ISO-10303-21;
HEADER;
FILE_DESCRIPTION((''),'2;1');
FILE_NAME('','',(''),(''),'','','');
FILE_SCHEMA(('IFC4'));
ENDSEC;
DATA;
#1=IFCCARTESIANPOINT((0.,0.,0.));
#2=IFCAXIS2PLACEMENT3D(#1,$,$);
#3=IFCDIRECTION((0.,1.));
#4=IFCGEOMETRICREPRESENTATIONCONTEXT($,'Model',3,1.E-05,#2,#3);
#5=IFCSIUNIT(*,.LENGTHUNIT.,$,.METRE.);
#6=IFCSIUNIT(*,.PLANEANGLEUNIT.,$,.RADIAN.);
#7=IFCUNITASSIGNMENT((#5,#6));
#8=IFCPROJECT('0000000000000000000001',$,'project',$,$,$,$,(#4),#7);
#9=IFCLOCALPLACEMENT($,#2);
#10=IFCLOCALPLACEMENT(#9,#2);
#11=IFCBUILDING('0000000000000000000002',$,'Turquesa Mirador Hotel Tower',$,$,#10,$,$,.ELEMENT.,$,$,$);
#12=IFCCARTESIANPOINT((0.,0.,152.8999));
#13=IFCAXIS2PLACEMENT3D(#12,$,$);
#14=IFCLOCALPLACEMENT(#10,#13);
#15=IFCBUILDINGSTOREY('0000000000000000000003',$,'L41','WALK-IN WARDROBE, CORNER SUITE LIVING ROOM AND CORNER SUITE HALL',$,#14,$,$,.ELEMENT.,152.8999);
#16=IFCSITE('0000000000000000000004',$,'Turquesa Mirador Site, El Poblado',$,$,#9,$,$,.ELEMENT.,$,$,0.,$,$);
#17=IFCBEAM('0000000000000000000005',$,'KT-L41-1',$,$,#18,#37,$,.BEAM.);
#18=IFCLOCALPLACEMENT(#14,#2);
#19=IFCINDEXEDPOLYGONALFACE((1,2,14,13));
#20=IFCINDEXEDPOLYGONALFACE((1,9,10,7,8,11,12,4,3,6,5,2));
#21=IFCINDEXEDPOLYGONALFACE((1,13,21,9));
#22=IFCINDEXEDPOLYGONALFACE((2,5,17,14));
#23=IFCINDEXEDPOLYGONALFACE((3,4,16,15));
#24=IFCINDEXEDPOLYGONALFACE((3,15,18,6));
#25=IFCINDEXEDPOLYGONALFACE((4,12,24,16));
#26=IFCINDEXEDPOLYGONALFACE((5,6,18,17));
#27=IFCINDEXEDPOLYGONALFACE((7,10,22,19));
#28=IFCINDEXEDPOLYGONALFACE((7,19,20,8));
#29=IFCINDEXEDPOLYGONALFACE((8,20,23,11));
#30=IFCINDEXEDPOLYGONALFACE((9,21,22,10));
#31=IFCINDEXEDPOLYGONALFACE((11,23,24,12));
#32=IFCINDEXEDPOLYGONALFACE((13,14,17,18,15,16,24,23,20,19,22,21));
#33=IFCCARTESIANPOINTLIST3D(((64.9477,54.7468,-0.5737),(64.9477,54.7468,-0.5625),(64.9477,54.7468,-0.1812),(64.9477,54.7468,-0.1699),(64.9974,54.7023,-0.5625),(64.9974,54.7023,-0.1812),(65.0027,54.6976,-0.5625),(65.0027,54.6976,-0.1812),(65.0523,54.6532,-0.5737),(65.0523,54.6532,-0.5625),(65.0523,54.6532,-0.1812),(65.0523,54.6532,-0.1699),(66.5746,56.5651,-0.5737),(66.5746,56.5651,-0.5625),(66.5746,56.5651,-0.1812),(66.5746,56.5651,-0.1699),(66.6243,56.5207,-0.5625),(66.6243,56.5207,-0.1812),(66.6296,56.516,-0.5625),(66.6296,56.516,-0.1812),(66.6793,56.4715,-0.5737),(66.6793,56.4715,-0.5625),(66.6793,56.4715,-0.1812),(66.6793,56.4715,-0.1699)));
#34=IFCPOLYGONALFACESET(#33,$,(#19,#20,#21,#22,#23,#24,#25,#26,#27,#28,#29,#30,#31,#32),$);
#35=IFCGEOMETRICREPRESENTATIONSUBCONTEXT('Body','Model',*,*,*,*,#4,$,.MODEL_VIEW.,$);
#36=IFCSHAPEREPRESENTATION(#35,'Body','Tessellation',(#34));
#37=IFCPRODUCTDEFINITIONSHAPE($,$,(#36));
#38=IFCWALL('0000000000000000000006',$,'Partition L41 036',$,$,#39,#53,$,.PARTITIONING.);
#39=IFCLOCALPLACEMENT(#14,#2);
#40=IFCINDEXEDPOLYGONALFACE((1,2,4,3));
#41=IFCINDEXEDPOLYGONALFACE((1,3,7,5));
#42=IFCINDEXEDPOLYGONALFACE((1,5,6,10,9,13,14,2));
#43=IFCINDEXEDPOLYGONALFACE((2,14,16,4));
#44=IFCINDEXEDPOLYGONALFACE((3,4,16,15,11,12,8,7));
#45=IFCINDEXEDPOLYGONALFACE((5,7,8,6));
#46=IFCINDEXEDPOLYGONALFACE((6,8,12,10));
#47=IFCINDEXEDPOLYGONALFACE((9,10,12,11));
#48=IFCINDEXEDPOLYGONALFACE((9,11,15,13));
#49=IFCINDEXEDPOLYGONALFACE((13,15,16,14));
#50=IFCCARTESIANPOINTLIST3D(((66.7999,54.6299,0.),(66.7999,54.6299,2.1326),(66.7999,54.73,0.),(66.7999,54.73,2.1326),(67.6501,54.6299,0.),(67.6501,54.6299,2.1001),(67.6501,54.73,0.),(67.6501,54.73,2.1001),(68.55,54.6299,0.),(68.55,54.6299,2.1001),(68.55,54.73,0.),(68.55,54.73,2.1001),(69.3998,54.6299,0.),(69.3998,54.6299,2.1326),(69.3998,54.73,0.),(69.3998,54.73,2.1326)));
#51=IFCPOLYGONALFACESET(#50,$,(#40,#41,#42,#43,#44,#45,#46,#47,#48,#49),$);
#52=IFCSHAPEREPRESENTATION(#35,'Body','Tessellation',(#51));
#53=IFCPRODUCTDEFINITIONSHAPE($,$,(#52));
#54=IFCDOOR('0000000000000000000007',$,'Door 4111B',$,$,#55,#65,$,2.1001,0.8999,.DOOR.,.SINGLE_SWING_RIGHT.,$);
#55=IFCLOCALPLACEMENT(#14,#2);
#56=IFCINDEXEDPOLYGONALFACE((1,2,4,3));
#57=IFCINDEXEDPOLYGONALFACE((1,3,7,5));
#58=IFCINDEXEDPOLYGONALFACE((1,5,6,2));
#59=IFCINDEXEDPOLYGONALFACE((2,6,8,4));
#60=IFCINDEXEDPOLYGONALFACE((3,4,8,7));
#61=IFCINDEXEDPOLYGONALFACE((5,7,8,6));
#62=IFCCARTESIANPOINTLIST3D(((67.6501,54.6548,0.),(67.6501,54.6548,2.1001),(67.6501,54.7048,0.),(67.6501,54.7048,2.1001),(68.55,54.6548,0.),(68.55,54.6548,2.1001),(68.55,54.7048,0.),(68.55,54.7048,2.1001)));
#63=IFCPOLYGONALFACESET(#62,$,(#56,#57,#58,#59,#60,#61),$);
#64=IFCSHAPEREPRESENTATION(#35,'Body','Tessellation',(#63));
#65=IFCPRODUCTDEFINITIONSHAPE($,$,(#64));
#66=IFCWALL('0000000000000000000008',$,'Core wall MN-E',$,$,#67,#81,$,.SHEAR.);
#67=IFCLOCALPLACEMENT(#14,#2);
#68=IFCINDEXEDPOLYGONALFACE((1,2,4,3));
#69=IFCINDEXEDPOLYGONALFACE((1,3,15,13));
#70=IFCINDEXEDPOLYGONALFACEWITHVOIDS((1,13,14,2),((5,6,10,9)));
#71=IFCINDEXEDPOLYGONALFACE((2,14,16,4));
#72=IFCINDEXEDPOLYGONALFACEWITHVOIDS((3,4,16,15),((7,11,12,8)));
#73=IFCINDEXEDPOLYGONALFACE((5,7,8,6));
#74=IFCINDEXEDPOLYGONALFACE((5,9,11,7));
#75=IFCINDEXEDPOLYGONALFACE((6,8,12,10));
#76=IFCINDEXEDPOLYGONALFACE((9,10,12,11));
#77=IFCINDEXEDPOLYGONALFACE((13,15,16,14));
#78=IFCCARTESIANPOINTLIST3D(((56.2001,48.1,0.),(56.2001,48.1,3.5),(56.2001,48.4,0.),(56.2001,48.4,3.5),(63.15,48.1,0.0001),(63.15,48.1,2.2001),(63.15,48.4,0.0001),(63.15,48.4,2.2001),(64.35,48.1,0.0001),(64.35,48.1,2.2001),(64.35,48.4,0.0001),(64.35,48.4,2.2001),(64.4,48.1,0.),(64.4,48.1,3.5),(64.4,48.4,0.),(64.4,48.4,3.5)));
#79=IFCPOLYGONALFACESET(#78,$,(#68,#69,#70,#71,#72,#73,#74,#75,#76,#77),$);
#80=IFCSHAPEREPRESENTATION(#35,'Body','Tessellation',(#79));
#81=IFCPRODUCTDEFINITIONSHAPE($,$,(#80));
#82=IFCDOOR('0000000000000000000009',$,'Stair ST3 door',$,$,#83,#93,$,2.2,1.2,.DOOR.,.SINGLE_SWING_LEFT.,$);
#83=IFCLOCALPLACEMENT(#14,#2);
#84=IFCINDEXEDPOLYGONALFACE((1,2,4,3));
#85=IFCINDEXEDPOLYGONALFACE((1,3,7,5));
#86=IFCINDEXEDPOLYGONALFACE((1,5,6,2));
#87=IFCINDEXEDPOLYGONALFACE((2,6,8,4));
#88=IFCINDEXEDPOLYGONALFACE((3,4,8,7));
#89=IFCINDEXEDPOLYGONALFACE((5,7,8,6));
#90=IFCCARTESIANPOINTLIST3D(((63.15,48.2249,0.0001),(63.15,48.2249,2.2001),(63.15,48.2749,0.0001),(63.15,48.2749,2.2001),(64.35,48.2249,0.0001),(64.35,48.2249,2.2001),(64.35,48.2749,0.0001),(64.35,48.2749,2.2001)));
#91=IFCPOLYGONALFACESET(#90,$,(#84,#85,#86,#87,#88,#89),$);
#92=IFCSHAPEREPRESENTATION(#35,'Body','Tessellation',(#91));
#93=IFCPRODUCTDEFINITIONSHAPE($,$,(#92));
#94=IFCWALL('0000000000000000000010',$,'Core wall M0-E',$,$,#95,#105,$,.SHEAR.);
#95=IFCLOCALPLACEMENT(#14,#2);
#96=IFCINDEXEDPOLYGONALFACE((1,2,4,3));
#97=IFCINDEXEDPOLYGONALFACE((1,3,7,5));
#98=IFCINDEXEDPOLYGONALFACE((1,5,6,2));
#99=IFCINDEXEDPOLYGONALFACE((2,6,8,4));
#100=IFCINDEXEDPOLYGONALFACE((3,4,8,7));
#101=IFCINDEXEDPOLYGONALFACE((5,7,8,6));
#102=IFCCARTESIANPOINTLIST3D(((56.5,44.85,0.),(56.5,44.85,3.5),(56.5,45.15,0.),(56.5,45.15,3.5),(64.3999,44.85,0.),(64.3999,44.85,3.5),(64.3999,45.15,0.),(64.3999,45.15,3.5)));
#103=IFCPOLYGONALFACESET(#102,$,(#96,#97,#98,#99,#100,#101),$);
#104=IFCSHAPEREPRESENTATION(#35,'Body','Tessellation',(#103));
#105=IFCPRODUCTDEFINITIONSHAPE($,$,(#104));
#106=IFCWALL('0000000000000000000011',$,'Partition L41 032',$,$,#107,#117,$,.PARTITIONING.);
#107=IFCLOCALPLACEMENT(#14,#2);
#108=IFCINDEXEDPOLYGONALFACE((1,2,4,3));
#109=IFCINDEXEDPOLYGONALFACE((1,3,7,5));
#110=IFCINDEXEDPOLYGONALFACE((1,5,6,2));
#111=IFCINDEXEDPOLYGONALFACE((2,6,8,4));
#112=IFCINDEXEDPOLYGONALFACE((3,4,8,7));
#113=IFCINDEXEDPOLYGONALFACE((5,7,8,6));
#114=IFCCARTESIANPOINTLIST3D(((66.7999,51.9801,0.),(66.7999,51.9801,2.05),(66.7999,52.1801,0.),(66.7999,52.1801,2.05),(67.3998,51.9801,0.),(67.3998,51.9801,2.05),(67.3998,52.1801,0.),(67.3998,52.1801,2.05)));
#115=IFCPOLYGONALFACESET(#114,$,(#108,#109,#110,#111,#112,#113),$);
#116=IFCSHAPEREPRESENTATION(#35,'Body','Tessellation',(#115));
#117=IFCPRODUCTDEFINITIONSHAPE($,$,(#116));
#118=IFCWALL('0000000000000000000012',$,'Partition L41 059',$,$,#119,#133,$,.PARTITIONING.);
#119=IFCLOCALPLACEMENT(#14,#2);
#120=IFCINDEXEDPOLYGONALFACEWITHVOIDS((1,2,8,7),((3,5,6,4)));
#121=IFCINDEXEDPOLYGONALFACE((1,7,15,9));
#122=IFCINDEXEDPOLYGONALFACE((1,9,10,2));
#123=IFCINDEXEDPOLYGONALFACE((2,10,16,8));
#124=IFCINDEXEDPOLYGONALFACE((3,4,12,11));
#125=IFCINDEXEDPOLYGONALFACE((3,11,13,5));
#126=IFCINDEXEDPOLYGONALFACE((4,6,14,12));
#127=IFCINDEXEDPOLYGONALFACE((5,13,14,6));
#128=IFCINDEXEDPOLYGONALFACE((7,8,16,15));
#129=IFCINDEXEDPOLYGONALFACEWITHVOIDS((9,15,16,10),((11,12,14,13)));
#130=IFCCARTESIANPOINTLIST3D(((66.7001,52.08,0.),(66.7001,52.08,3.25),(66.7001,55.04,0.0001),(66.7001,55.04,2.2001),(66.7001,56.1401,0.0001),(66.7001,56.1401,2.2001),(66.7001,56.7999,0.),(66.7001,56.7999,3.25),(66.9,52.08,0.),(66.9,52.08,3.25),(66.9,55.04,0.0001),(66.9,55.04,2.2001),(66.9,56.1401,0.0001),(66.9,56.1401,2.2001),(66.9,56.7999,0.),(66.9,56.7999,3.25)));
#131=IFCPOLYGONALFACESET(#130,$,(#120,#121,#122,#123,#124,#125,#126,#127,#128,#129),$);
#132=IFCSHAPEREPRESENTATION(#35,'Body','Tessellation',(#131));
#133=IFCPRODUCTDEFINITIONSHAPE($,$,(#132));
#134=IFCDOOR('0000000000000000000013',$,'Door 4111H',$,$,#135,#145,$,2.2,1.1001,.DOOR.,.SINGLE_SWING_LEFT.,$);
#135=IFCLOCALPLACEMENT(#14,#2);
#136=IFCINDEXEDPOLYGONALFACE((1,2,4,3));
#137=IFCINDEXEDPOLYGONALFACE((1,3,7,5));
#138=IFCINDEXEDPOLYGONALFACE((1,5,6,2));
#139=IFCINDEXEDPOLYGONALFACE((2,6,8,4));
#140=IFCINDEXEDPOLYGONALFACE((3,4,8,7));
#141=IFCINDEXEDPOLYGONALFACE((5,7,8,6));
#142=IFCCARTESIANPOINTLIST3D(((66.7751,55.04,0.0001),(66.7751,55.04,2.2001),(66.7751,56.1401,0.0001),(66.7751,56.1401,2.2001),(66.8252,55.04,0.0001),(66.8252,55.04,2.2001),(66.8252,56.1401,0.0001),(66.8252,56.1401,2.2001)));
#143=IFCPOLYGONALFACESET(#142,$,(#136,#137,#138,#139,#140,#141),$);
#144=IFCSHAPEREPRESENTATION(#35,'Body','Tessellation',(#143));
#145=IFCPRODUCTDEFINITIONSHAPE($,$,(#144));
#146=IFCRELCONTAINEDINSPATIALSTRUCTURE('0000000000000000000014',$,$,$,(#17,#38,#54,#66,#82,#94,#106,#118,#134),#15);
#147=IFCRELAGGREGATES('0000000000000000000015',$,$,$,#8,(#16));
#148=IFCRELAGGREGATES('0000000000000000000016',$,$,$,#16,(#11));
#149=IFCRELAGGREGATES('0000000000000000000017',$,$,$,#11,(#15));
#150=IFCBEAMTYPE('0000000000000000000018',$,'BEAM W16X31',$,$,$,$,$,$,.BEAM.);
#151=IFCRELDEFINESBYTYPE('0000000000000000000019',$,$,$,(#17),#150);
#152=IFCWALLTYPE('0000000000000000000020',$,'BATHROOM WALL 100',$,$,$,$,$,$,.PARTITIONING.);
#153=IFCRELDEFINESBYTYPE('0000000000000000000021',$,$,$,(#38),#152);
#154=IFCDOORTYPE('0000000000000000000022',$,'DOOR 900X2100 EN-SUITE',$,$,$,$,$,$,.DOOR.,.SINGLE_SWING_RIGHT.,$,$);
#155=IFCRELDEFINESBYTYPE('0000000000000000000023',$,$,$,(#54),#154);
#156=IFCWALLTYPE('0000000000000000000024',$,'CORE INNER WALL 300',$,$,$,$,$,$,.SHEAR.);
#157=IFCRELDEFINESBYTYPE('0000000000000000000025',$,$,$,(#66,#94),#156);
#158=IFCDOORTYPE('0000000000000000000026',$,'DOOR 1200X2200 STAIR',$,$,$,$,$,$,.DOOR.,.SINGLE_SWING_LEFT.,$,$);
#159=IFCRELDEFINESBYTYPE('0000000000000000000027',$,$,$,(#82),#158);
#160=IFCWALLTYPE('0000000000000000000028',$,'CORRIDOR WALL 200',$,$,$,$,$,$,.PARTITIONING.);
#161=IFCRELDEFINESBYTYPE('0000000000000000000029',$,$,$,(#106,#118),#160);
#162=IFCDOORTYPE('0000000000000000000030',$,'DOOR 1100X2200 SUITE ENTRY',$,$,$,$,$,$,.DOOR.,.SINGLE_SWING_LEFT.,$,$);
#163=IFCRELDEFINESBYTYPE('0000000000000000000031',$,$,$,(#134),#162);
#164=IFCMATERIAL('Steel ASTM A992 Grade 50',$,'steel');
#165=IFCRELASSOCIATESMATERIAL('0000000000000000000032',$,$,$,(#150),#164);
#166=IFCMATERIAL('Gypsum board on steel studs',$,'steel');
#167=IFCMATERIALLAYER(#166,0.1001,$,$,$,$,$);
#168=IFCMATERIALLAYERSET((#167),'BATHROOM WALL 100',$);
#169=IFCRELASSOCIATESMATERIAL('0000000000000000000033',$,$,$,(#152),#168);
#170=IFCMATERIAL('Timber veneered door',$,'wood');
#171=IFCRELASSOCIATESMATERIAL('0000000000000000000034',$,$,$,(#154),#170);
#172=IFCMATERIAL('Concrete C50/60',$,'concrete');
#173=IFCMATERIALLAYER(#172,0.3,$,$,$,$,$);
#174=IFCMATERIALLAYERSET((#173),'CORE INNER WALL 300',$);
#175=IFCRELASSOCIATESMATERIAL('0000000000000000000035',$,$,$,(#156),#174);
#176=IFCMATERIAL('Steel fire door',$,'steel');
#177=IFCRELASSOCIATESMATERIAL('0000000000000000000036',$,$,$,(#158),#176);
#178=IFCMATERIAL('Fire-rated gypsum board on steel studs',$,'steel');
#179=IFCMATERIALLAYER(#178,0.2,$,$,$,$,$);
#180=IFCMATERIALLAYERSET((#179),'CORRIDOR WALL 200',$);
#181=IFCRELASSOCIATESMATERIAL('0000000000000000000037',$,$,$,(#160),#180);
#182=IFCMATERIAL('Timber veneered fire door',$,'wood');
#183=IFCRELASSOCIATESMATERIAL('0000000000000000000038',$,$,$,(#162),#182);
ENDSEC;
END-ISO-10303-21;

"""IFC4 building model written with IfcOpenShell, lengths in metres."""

from ifc_helpers import new_model, si_unit, direction, frame, frame_2d, origin, origin_2d, place, context, subcontext, project, spatial, rectangle, i_section, extrude, material, layer, layer_set, material_profile, profile_set, type_object, element, fill, save


model = new_model("IFC4")

# Units and contexts
model_context = context("Model", 3, precision=1e-05, world=origin(), true_north=direction((0.0, 1.0)))
body_context = subcontext(model_context, "Body", "Model", "MODEL_VIEW")
ifc_project = project(units=[si_unit("LENGTHUNIT", "METRE"), si_unit("PLANEANGLEUNIT", "RADIAN")], contexts=[model_context])

# Site, building, storey
site_placement = place(None, origin())
site = spatial("IfcSite", under=ifc_project, at=site_placement, Name="Turquesa Mirador Site, El Poblado", CompositionType="ELEMENT", RefElevation=0.0)
building_placement = place(site_placement, origin())
building = spatial("IfcBuilding", under=site, at=building_placement, Name="Turquesa Mirador Hotel Tower", CompositionType="ELEMENT")
storey_placement = place(building_placement, frame((0.0, 0.0, 152.8999)))
storey = spatial("IfcBuildingStorey", under=building, at=storey_placement, Name="L41", Description="WALK-IN WARDROBE, CORNER SUITE LIVING ROOM AND CORNER SUITE HALL", CompositionType="ELEMENT", Elevation=152.8999)

# Beam
ifc_material_1 = material(Name="Steel ASTM A992 Grade 50", Category="steel")
ifc_material_profile = material_profile(ifc_material_1, i_section(OverallWidth=0.1404, OverallDepth=0.4038, WebThickness=0.0071, FlangeThickness=0.0112, at=origin_2d()), Name="W16X31")
ifc_profile_set = profile_set([ifc_material_profile], Name="Steel ASTM A992 Grade 50")
beam_type = type_object("IfcBeamType", Name="BEAM W16X31", PredefinedType="BEAM", material=ifc_profile_set)
beam_placement = place(storey_placement, frame((66.627, 56.5183, -0.3718), z_axis=(-0.666795, -0.745241, 0.0), x_axis=(0.745241, -0.666795, 0.0)))
element("IfcBeam", 1, at=beam_placement, inside=storey, type_object=beam_type, Name="KT-L41-1", PredefinedType="BEAM", context=body_context, shape_type="SweptSolid", body=[
    extrude(i_section(OverallWidth=0.1404, OverallDepth=0.4038, WebThickness=0.0071, FlangeThickness=0.0112, at=origin_2d()), origin(), (0.0, 0.0, 1.0), 2.4399),
])

# Walls, openings, doors
ifc_material_2 = material(Name="Gypsum board on steel studs", Category="steel")
ifc_layer_1 = layer(ifc_material_2, 0.1001)
ifc_layer_set_1 = layer_set([ifc_layer_1], Name="BATHROOM WALL 100")
wall_type_1 = type_object("IfcWallType", Name="BATHROOM WALL 100", PredefinedType="PARTITIONING", material=ifc_layer_set_1)
wall_1_placement = place(storey_placement, frame((66.8, 54.6799, 0.0), z_axis=(0.0, 0.0, 1.0), x_axis=(1.0, 0.0, 0.0)))
wall_1 = element("IfcWall", 2, at=wall_1_placement, inside=storey, type_object=wall_type_1, Name="Partition L41 036", PredefinedType="PARTITIONING", context=body_context, shape_type="SweptSolid", body=[
    extrude(rectangle(XDim=2.5999, YDim=0.1001, at=frame_2d((1.2998, 0.0))), origin(), (0.0, 0.0, 1.0), 2.1326),
])
opening_1_placement = place(wall_1_placement, frame((0.8501, 0.0, 0.0)))
opening_1 = element("IfcOpeningElement", 3, at=opening_1_placement, cuts=wall_1, PredefinedType="OPENING", context=body_context, shape_type="SweptSolid", body=[
    extrude(rectangle(XDim=0.8999, YDim=2.1001, at=frame_2d((0.45, 1.05))), frame((0.0, 0.0601, 0.0), z_axis=(0.0, -1.0, 0.0), x_axis=(1.0, 0.0, 0.0)), (0.0, 0.0, 1.0), 0.1201),
])
ifc_material_3 = material(Name="Timber veneered door", Category="wood")
door_type_1 = type_object("IfcDoorType", Name="DOOR 900X2100 EN-SUITE", OperationType="SINGLE_SWING_RIGHT", PredefinedType="DOOR", material=ifc_material_3)
door_1_placement = place(opening_1_placement, origin())
door_1 = element("IfcDoor", 4, at=door_1_placement, inside=storey, type_object=door_type_1, Name="Door 4111B", OperationType="SINGLE_SWING_RIGHT", OverallHeight=2.1001, OverallWidth=0.8999, PredefinedType="DOOR", context=body_context, shape_type="SweptSolid", body=[
    extrude(rectangle(XDim=0.8999, YDim=2.1001, at=frame_2d((0.45, 1.05))), frame((0.0, 0.0249, 0.0), z_axis=(0.0, -1.0, 0.0), x_axis=(1.0, 0.0, 0.0)), (0.0, 0.0, 1.0), 0.05),
])
fill(opening_1, door_1)
ifc_material_4 = material(Name="Concrete C50/60", Category="concrete")
ifc_layer_2 = layer(ifc_material_4, 0.3)
ifc_layer_set_2 = layer_set([ifc_layer_2], Name="CORE INNER WALL 300")
wall_type_2 = type_object("IfcWallType", Name="CORE INNER WALL 300", PredefinedType="SHEAR", material=ifc_layer_set_2)
wall_2_placement = place(storey_placement, frame((56.2, 48.25, 0.0), z_axis=(0.0, 0.0, 1.0), x_axis=(1.0, 0.0, 0.0)))
wall_2 = element("IfcWall", 5, at=wall_2_placement, inside=storey, type_object=wall_type_2, Name="Core wall MN-E", PredefinedType="SHEAR", context=body_context, shape_type="SweptSolid", body=[
    extrude(rectangle(XDim=8.2, YDim=0.3, at=frame_2d((4.1001, 0.0))), origin(), (0.0, 0.0, 1.0), 3.5),
])
opening_2_placement = place(wall_2_placement, frame((6.95, 0.0, 0.0)))
opening_2 = element("IfcOpeningElement", 6, at=opening_2_placement, cuts=wall_2, PredefinedType="OPENING", context=body_context, shape_type="SweptSolid", body=[
    extrude(rectangle(XDim=1.2, YDim=2.2, at=frame_2d((0.6001, 1.1001))), frame((0.0, 0.1599, 0.0), z_axis=(0.0, -1.0, 0.0), x_axis=(1.0, 0.0, 0.0)), (0.0, 0.0, 1.0), 0.3201),
])
ifc_material_5 = material(Name="Steel fire door", Category="steel")
door_type_2 = type_object("IfcDoorType", Name="DOOR 1200X2200 STAIR", OperationType="SINGLE_SWING_LEFT", PredefinedType="DOOR", material=ifc_material_5)
door_2_placement = place(opening_2_placement, origin())
door_2 = element("IfcDoor", 7, at=door_2_placement, inside=storey, type_object=door_type_2, Name="Stair ST3 door", OperationType="SINGLE_SWING_LEFT", OverallHeight=2.2, OverallWidth=1.2, PredefinedType="DOOR", context=body_context, shape_type="SweptSolid", body=[
    extrude(rectangle(XDim=1.2, YDim=2.2, at=frame_2d((0.6001, 1.1001))), frame((0.0, 0.0249, 0.0), z_axis=(0.0, -1.0, 0.0), x_axis=(1.0, 0.0, 0.0)), (0.0, 0.0, 1.0), 0.05),
])
fill(opening_2, door_2)

# Walls
wall_3_placement = place(storey_placement, frame((56.5, 45.0, 0.0), z_axis=(0.0, 0.0, 1.0), x_axis=(1.0, 0.0, 0.0)))
element("IfcWall", 8, at=wall_3_placement, inside=storey, type_object=wall_type_2, Name="Core wall M0-E", PredefinedType="SHEAR", context=body_context, shape_type="SweptSolid", body=[
    extrude(rectangle(XDim=7.8999, YDim=0.3, at=frame_2d((3.95, 0.0))), origin(), (0.0, 0.0, 1.0), 3.5),
])
ifc_material_6 = material(Name="Fire-rated gypsum board on steel studs", Category="steel")
ifc_layer_3 = layer(ifc_material_6, 0.2)
ifc_layer_set_3 = layer_set([ifc_layer_3], Name="CORRIDOR WALL 200")
wall_type_3 = type_object("IfcWallType", Name="CORRIDOR WALL 200", PredefinedType="PARTITIONING", material=ifc_layer_set_3)
wall_4_placement = place(storey_placement, frame((66.8, 52.0801, 0.0), z_axis=(0.0, 0.0, 1.0), x_axis=(1.0, 0.0, 0.0)))
element("IfcWall", 9, at=wall_4_placement, inside=storey, type_object=wall_type_3, Name="Partition L41 032", PredefinedType="PARTITIONING", context=body_context, shape_type="SweptSolid", body=[
    extrude(rectangle(XDim=0.5999, YDim=0.2, at=frame_2d((0.2998, 0.0))), origin(), (0.0, 0.0, 1.0), 2.05),
])

# Wall, opening, door
wall_5_placement = place(storey_placement, frame((66.8, 52.0801, 0.0), z_axis=(0.0, 0.0, 1.0), x_axis=(0.0, 1.0, 0.0)))
wall_5 = element("IfcWall", 10, at=wall_5_placement, inside=storey, type_object=wall_type_3, Name="Partition L41 059", PredefinedType="PARTITIONING", context=body_context, shape_type="SweptSolid", body=[
    extrude(rectangle(XDim=4.72, YDim=0.2, at=frame_2d((2.3599, 0.0))), origin(), (0.0, 0.0, 1.0), 3.25),
])
opening_3_placement = place(wall_5_placement, frame((2.96, 0.0, 0.0)))
opening_3 = element("IfcOpeningElement", 11, at=opening_3_placement, cuts=wall_5, PredefinedType="OPENING", context=body_context, shape_type="SweptSolid", body=[
    extrude(rectangle(XDim=1.1001, YDim=2.2, at=frame_2d((0.55, 1.1001))), frame((0.0, 0.1099, 0.0), z_axis=(0.0, -1.0, 0.0), x_axis=(1.0, 0.0, 0.0)), (0.0, 0.0, 1.0), 0.22),
])
ifc_material_7 = material(Name="Timber veneered fire door", Category="wood")
door_type_3 = type_object("IfcDoorType", Name="DOOR 1100X2200 SUITE ENTRY", OperationType="SINGLE_SWING_LEFT", PredefinedType="DOOR", material=ifc_material_7)
door_3_placement = place(opening_3_placement, origin())
door_3 = element("IfcDoor", 12, at=door_3_placement, inside=storey, type_object=door_type_3, Name="Door 4111H", OperationType="SINGLE_SWING_LEFT", OverallHeight=2.2, OverallWidth=1.1001, PredefinedType="DOOR", context=body_context, shape_type="SweptSolid", body=[
    extrude(rectangle(XDim=1.1001, YDim=2.2, at=frame_2d((0.55, 1.1001))), frame((0.0, 0.0249, 0.0), z_axis=(0.0, -1.0, 0.0), x_axis=(1.0, 0.0, 0.0)), (0.0, 0.0, 1.0), 0.05),
])
fill(opening_3, door_3)

save(model, "model.ifc")
